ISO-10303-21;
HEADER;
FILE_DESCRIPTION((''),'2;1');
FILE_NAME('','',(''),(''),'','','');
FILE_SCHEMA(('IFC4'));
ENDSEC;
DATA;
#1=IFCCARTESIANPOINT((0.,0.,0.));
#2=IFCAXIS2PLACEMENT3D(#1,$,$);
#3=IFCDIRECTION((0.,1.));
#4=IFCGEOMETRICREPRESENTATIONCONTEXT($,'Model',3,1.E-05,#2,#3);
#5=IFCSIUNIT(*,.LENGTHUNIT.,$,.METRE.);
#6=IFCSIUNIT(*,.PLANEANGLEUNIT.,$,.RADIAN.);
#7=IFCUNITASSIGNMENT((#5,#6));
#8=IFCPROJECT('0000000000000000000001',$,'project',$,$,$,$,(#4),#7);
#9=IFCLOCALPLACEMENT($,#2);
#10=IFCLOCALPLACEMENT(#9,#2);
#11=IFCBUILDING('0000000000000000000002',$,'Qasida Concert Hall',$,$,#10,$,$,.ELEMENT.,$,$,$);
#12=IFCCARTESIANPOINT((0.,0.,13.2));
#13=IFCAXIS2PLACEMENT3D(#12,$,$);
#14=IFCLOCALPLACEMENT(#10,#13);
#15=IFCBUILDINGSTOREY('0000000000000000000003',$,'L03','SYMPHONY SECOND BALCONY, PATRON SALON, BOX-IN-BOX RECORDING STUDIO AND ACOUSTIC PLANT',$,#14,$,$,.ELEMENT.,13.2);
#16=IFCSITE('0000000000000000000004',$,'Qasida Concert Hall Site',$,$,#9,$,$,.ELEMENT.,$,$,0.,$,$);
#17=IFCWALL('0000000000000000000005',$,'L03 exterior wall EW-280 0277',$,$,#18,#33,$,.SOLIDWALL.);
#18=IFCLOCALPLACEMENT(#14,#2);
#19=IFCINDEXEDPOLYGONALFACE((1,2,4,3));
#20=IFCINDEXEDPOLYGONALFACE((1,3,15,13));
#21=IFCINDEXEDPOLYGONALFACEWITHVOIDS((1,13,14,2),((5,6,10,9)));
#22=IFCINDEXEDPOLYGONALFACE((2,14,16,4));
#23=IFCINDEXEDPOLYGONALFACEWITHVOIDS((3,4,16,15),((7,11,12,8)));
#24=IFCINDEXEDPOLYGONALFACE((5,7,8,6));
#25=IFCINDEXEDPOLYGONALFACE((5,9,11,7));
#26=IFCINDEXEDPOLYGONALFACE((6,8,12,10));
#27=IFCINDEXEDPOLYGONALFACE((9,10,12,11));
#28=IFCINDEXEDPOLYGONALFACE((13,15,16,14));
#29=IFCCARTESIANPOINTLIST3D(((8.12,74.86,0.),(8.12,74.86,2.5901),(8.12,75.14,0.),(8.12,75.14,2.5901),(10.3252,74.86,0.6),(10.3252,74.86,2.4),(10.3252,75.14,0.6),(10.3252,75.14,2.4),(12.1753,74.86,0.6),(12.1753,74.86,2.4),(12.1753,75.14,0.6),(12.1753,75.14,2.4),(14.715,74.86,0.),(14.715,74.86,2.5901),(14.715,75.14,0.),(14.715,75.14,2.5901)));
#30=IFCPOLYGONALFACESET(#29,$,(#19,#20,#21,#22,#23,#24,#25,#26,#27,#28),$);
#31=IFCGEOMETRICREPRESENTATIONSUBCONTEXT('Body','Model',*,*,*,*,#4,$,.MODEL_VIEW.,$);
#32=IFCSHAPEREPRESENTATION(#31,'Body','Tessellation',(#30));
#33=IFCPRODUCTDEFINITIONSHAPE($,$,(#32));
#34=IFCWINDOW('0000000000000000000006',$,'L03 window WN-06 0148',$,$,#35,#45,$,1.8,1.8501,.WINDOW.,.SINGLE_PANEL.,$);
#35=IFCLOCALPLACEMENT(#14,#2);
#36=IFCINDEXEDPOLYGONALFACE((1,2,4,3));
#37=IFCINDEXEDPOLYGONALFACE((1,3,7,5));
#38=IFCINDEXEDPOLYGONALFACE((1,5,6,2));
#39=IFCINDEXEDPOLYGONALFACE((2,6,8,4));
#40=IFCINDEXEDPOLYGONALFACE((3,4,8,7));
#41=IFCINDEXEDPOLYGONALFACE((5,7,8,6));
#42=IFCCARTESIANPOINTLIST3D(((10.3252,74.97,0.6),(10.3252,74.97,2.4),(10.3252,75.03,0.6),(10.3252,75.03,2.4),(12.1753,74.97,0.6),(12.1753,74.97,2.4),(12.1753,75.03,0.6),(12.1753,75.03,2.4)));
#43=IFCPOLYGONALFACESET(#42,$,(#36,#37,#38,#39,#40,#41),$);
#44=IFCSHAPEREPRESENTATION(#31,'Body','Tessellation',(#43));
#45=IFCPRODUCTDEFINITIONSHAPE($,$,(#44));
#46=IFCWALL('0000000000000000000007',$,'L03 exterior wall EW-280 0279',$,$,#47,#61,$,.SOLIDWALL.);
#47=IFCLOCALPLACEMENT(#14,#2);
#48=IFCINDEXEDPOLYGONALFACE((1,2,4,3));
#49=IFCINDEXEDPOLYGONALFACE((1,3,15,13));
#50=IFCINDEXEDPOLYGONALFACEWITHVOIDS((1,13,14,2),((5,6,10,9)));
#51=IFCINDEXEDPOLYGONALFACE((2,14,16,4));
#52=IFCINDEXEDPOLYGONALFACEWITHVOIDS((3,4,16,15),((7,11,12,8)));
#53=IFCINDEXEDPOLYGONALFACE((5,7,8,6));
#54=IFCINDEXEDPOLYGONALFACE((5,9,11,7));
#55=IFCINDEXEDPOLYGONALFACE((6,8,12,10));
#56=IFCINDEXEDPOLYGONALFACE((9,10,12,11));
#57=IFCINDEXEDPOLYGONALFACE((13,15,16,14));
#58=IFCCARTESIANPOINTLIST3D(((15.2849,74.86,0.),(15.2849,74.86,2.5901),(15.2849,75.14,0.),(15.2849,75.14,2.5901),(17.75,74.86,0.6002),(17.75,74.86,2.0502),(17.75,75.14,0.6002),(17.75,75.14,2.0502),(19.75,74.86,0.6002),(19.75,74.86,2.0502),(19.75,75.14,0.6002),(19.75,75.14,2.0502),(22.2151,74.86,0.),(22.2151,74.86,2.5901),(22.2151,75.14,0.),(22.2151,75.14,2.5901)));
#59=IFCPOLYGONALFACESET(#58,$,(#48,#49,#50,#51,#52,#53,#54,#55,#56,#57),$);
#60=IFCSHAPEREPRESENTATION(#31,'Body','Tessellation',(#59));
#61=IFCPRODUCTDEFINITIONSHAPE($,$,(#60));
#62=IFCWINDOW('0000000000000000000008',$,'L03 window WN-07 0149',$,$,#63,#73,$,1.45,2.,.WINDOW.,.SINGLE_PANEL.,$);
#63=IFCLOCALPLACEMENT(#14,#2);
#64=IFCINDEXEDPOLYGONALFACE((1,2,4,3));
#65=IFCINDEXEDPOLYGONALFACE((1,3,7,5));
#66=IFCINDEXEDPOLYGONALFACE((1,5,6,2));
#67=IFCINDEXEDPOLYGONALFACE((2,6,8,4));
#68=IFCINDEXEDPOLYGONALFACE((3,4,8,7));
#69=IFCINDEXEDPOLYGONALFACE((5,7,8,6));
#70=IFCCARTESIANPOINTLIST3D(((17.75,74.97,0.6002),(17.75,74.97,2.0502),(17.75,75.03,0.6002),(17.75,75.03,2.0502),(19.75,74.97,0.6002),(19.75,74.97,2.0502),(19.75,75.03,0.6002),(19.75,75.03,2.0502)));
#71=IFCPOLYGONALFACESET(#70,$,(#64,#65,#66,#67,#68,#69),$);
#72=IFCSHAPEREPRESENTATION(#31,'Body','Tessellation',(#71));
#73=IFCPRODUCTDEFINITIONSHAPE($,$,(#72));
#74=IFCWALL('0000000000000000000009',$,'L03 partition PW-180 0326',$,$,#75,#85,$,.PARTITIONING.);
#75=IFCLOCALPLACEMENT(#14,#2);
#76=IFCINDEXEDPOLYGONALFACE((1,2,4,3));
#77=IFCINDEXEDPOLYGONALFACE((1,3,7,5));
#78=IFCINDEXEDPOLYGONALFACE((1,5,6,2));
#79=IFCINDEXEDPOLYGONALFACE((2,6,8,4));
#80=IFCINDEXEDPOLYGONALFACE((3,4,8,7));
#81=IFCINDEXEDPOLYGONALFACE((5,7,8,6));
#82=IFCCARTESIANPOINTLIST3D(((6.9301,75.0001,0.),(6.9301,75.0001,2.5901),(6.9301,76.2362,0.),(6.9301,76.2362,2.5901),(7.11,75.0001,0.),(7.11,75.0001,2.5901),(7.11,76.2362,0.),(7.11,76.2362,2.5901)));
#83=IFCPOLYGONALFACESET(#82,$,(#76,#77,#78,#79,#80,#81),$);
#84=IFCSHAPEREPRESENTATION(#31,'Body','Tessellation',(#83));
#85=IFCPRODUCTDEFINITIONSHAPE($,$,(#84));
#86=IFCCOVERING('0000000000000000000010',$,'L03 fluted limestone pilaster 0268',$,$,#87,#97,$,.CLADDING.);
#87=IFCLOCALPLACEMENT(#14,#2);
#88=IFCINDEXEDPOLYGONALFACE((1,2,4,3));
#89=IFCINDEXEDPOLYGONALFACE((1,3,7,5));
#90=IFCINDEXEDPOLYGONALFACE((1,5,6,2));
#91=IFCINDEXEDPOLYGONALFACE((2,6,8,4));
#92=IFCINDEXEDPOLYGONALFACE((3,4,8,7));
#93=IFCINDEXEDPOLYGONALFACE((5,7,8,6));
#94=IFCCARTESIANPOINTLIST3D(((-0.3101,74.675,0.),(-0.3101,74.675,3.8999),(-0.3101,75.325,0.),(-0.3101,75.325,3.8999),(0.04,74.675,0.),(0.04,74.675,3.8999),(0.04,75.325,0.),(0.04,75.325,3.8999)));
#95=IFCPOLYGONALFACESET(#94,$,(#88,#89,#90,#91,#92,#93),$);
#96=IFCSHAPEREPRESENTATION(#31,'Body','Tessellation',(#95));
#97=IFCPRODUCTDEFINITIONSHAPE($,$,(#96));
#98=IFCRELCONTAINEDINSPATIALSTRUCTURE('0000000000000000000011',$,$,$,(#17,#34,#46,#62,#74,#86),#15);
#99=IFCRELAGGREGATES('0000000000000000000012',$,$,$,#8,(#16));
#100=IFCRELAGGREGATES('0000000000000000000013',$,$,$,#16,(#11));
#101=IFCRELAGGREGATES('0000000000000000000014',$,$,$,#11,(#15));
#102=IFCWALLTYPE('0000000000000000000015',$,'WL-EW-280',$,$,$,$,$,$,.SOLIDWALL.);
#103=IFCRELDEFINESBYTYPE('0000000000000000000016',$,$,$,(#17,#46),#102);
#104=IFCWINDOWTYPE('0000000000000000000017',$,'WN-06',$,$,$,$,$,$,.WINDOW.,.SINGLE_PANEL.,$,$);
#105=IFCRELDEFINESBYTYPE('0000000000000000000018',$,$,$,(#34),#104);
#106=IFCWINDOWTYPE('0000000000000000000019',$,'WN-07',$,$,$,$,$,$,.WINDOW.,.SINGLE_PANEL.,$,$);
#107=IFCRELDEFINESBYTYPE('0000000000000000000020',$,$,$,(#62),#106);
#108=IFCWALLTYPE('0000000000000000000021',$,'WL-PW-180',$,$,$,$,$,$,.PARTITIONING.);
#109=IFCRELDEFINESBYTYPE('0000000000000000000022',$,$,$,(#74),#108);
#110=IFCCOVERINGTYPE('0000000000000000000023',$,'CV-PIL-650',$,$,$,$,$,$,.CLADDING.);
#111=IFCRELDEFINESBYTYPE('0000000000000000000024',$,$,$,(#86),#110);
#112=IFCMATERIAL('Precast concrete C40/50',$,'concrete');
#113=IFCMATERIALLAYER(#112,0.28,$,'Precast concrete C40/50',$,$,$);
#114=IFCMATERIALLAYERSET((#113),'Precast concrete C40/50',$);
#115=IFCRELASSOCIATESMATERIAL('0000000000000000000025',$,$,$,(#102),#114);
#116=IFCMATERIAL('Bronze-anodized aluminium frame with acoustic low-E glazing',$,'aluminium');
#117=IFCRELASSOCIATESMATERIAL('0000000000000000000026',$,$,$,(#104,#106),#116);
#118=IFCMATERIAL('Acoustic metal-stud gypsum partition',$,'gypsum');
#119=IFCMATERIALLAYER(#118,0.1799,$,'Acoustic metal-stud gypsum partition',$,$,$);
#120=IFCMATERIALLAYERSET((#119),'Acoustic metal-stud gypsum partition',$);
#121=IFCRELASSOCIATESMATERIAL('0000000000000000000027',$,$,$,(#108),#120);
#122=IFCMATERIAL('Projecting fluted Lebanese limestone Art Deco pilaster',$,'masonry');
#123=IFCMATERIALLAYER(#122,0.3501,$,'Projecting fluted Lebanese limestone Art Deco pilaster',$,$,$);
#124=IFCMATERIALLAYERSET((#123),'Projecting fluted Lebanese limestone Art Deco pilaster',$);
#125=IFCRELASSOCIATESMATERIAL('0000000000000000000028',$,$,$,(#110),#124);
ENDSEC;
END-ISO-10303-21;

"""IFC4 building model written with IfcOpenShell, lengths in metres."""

from ifc_helpers import new_model, si_unit, direction, frame, frame_2d, origin, origin_2d, place, context, subcontext, project, spatial, rectangle, extrude, material, layer, layer_set, type_object, element, fill, save


model = new_model("IFC4")

# Units and contexts
model_context = context("Model", 3, precision=1e-05, world=origin(), true_north=direction((0.0, 1.0)))
body_context = subcontext(model_context, "Body", "Model", "MODEL_VIEW")
ifc_project = project(units=[si_unit("LENGTHUNIT", "METRE"), si_unit("PLANEANGLEUNIT", "RADIAN")], contexts=[model_context])

# Site, building, storey
site_placement = place(None, origin())
site = spatial("IfcSite", under=ifc_project, at=site_placement, Name="Qasida Concert Hall Site", CompositionType="ELEMENT", RefElevation=0.0)
building_placement = place(site_placement, origin())
building = spatial("IfcBuilding", under=site, at=building_placement, Name="Qasida Concert Hall", CompositionType="ELEMENT")
storey_placement = place(building_placement, frame((0.0, 0.0, 13.2)))
storey = spatial("IfcBuildingStorey", under=building, at=storey_placement, Name="L03", Description="SYMPHONY SECOND BALCONY, PATRON SALON, BOX-IN-BOX RECORDING STUDIO AND ACOUSTIC PLANT", CompositionType="ELEMENT", Elevation=13.2)

# Walls, openings, windows
ifc_material_1 = material(Name="Precast concrete C40/50", Category="concrete")
ifc_layer_1 = layer(ifc_material_1, 0.28, Name="Precast concrete C40/50")
ifc_layer_set_1 = layer_set([ifc_layer_1], Name="Precast concrete C40/50")
wall_type_1 = type_object("IfcWallType", Name="WL-EW-280", PredefinedType="SOLIDWALL", material=ifc_layer_set_1)
ifc_material_2 = material(Name="Bronze-anodized aluminium frame with acoustic low-E glazing", Category="aluminium")
wall_1_placement = place(storey_placement, frame((8.1201, 75.0, 0.0), z_axis=(0.0, 0.0, 1.0), x_axis=(1.0, 0.0, 0.0)))
wall_1 = element("IfcWall", 1, at=wall_1_placement, inside=storey, type_object=wall_type_1, Name="L03 exterior wall EW-280 0277", PredefinedType="SOLIDWALL", context=body_context, shape_type="SweptSolid", body=[
    extrude(rectangle(XDim=6.595, YDim=0.28, at=frame_2d((3.2974, 0.0))), origin(), (0.0, 0.0, 1.0), 2.5901),
])
opening_1_placement = place(wall_1_placement, frame((2.2051, 0.0, 0.6001)))
opening_1 = element("IfcOpeningElement", 2, at=opening_1_placement, cuts=wall_1, PredefinedType="OPENING", context=body_context, shape_type="SweptSolid", body=[
    extrude(rectangle(XDim=1.8501, YDim=1.8, at=frame_2d((0.925, 0.8999))), frame((0.0, 0.1499, 0.0), z_axis=(0.0, -1.0, 0.0), x_axis=(1.0, 0.0, 0.0)), (0.0, 0.0, 1.0), 0.3),
])
window_type_1 = type_object("IfcWindowType", Name="WN-06", PartitioningType="SINGLE_PANEL", PredefinedType="WINDOW", material=ifc_material_2)
window_1_placement = place(opening_1_placement, origin())
window_1 = element("IfcWindow", 3, at=window_1_placement, inside=storey, type_object=window_type_1, Name="L03 window WN-06 0148", OverallHeight=1.8, OverallWidth=1.8501, PartitioningType="SINGLE_PANEL", PredefinedType="WINDOW", context=body_context, shape_type="SweptSolid", body=[
    extrude(rectangle(XDim=1.8501, YDim=1.8, at=frame_2d((0.925, 0.8999))), frame((0.0, 0.03, 0.0), z_axis=(0.0, -1.0, 0.0), x_axis=(1.0, 0.0, 0.0)), (0.0, 0.0, 1.0), 0.0601),
])
fill(opening_1, window_1)
wall_2_placement = place(storey_placement, frame((15.2849, 75.0, 0.0), z_axis=(0.0, 0.0, 1.0), x_axis=(1.0, 0.0, 0.0)))
wall_2 = element("IfcWall", 4, at=wall_2_placement, inside=storey, type_object=wall_type_1, Name="L03 exterior wall EW-280 0279", PredefinedType="SOLIDWALL", context=body_context, shape_type="SweptSolid", body=[
    extrude(rectangle(XDim=6.9302, YDim=0.28, at=frame_2d((3.4651, 0.0))), origin(), (0.0, 0.0, 1.0), 2.5901),
])
opening_2_placement = place(wall_2_placement, frame((2.4651, 0.0, 0.6001)))
opening_2 = element("IfcOpeningElement", 5, at=opening_2_placement, cuts=wall_2, PredefinedType="OPENING", context=body_context, shape_type="SweptSolid", body=[
    extrude(rectangle(XDim=2.0, YDim=1.45, at=frame_2d((1.0, 0.7251))), frame((0.0, 0.1499, 0.0), z_axis=(0.0, -1.0, 0.0), x_axis=(1.0, 0.0, 0.0)), (0.0, 0.0, 1.0), 0.3),
])
window_type_2 = type_object("IfcWindowType", Name="WN-07", PartitioningType="SINGLE_PANEL", PredefinedType="WINDOW", material=ifc_material_2)
window_2_placement = place(opening_2_placement, origin())
window_2 = element("IfcWindow", 6, at=window_2_placement, inside=storey, type_object=window_type_2, Name="L03 window WN-07 0149", OverallHeight=1.45, OverallWidth=2.0, PartitioningType="SINGLE_PANEL", PredefinedType="WINDOW", context=body_context, shape_type="SweptSolid", body=[
    extrude(rectangle(XDim=2.0, YDim=1.45, at=frame_2d((1.0, 0.7251))), frame((0.0, 0.03, 0.0), z_axis=(0.0, -1.0, 0.0), x_axis=(1.0, 0.0, 0.0)), (0.0, 0.0, 1.0), 0.0601),
])
fill(opening_2, window_2)

# Wall
ifc_material_3 = material(Name="Acoustic metal-stud gypsum partition", Category="gypsum")
ifc_layer_2 = layer(ifc_material_3, 0.1799, Name="Acoustic metal-stud gypsum partition")
ifc_layer_set_2 = layer_set([ifc_layer_2], Name="Acoustic metal-stud gypsum partition")
wall_type_2 = type_object("IfcWallType", Name="WL-PW-180", PredefinedType="PARTITIONING", material=ifc_layer_set_2)
wall_3_placement = place(storey_placement, frame((7.02, 75.0, 0.0), z_axis=(0.0, 0.0, 1.0), x_axis=(0.0, 1.0, 0.0)))
element("IfcWall", 7, at=wall_3_placement, inside=storey, type_object=wall_type_2, Name="L03 partition PW-180 0326", PredefinedType="PARTITIONING", context=body_context, shape_type="SweptSolid", body=[
    extrude(rectangle(XDim=1.2361, YDim=0.1799, at=frame_2d((0.6182, 0.0))), origin(), (0.0, 0.0, 1.0), 2.5901),
])

# Covering
ifc_material_4 = material(Name="Projecting fluted Lebanese limestone Art Deco pilaster", Category="masonry")
ifc_layer_3 = layer(ifc_material_4, 0.3501, Name="Projecting fluted Lebanese limestone Art Deco pilaster")
ifc_layer_set_3 = layer_set([ifc_layer_3], Name="Projecting fluted Lebanese limestone Art Deco pilaster")
covering_type = type_object("IfcCoveringType", Name="CV-PIL-650", PredefinedType="CLADDING", material=ifc_layer_set_3)
covering_placement = place(storey_placement, frame((-0.135, 75.0, 0.0), z_axis=(0.0, 0.0, 1.0), x_axis=(1.0, 0.0, 0.0)))
element("IfcCovering", 8, at=covering_placement, inside=storey, type_object=covering_type, Name="L03 fluted limestone pilaster 0268", PredefinedType="CLADDING", context=body_context, shape_type="SweptSolid", body=[
    extrude(rectangle(XDim=0.3501, YDim=0.6499, at=origin_2d()), origin(), (0.0, 0.0, 1.0), 3.8999),
])

save(model, "model.ifc")
